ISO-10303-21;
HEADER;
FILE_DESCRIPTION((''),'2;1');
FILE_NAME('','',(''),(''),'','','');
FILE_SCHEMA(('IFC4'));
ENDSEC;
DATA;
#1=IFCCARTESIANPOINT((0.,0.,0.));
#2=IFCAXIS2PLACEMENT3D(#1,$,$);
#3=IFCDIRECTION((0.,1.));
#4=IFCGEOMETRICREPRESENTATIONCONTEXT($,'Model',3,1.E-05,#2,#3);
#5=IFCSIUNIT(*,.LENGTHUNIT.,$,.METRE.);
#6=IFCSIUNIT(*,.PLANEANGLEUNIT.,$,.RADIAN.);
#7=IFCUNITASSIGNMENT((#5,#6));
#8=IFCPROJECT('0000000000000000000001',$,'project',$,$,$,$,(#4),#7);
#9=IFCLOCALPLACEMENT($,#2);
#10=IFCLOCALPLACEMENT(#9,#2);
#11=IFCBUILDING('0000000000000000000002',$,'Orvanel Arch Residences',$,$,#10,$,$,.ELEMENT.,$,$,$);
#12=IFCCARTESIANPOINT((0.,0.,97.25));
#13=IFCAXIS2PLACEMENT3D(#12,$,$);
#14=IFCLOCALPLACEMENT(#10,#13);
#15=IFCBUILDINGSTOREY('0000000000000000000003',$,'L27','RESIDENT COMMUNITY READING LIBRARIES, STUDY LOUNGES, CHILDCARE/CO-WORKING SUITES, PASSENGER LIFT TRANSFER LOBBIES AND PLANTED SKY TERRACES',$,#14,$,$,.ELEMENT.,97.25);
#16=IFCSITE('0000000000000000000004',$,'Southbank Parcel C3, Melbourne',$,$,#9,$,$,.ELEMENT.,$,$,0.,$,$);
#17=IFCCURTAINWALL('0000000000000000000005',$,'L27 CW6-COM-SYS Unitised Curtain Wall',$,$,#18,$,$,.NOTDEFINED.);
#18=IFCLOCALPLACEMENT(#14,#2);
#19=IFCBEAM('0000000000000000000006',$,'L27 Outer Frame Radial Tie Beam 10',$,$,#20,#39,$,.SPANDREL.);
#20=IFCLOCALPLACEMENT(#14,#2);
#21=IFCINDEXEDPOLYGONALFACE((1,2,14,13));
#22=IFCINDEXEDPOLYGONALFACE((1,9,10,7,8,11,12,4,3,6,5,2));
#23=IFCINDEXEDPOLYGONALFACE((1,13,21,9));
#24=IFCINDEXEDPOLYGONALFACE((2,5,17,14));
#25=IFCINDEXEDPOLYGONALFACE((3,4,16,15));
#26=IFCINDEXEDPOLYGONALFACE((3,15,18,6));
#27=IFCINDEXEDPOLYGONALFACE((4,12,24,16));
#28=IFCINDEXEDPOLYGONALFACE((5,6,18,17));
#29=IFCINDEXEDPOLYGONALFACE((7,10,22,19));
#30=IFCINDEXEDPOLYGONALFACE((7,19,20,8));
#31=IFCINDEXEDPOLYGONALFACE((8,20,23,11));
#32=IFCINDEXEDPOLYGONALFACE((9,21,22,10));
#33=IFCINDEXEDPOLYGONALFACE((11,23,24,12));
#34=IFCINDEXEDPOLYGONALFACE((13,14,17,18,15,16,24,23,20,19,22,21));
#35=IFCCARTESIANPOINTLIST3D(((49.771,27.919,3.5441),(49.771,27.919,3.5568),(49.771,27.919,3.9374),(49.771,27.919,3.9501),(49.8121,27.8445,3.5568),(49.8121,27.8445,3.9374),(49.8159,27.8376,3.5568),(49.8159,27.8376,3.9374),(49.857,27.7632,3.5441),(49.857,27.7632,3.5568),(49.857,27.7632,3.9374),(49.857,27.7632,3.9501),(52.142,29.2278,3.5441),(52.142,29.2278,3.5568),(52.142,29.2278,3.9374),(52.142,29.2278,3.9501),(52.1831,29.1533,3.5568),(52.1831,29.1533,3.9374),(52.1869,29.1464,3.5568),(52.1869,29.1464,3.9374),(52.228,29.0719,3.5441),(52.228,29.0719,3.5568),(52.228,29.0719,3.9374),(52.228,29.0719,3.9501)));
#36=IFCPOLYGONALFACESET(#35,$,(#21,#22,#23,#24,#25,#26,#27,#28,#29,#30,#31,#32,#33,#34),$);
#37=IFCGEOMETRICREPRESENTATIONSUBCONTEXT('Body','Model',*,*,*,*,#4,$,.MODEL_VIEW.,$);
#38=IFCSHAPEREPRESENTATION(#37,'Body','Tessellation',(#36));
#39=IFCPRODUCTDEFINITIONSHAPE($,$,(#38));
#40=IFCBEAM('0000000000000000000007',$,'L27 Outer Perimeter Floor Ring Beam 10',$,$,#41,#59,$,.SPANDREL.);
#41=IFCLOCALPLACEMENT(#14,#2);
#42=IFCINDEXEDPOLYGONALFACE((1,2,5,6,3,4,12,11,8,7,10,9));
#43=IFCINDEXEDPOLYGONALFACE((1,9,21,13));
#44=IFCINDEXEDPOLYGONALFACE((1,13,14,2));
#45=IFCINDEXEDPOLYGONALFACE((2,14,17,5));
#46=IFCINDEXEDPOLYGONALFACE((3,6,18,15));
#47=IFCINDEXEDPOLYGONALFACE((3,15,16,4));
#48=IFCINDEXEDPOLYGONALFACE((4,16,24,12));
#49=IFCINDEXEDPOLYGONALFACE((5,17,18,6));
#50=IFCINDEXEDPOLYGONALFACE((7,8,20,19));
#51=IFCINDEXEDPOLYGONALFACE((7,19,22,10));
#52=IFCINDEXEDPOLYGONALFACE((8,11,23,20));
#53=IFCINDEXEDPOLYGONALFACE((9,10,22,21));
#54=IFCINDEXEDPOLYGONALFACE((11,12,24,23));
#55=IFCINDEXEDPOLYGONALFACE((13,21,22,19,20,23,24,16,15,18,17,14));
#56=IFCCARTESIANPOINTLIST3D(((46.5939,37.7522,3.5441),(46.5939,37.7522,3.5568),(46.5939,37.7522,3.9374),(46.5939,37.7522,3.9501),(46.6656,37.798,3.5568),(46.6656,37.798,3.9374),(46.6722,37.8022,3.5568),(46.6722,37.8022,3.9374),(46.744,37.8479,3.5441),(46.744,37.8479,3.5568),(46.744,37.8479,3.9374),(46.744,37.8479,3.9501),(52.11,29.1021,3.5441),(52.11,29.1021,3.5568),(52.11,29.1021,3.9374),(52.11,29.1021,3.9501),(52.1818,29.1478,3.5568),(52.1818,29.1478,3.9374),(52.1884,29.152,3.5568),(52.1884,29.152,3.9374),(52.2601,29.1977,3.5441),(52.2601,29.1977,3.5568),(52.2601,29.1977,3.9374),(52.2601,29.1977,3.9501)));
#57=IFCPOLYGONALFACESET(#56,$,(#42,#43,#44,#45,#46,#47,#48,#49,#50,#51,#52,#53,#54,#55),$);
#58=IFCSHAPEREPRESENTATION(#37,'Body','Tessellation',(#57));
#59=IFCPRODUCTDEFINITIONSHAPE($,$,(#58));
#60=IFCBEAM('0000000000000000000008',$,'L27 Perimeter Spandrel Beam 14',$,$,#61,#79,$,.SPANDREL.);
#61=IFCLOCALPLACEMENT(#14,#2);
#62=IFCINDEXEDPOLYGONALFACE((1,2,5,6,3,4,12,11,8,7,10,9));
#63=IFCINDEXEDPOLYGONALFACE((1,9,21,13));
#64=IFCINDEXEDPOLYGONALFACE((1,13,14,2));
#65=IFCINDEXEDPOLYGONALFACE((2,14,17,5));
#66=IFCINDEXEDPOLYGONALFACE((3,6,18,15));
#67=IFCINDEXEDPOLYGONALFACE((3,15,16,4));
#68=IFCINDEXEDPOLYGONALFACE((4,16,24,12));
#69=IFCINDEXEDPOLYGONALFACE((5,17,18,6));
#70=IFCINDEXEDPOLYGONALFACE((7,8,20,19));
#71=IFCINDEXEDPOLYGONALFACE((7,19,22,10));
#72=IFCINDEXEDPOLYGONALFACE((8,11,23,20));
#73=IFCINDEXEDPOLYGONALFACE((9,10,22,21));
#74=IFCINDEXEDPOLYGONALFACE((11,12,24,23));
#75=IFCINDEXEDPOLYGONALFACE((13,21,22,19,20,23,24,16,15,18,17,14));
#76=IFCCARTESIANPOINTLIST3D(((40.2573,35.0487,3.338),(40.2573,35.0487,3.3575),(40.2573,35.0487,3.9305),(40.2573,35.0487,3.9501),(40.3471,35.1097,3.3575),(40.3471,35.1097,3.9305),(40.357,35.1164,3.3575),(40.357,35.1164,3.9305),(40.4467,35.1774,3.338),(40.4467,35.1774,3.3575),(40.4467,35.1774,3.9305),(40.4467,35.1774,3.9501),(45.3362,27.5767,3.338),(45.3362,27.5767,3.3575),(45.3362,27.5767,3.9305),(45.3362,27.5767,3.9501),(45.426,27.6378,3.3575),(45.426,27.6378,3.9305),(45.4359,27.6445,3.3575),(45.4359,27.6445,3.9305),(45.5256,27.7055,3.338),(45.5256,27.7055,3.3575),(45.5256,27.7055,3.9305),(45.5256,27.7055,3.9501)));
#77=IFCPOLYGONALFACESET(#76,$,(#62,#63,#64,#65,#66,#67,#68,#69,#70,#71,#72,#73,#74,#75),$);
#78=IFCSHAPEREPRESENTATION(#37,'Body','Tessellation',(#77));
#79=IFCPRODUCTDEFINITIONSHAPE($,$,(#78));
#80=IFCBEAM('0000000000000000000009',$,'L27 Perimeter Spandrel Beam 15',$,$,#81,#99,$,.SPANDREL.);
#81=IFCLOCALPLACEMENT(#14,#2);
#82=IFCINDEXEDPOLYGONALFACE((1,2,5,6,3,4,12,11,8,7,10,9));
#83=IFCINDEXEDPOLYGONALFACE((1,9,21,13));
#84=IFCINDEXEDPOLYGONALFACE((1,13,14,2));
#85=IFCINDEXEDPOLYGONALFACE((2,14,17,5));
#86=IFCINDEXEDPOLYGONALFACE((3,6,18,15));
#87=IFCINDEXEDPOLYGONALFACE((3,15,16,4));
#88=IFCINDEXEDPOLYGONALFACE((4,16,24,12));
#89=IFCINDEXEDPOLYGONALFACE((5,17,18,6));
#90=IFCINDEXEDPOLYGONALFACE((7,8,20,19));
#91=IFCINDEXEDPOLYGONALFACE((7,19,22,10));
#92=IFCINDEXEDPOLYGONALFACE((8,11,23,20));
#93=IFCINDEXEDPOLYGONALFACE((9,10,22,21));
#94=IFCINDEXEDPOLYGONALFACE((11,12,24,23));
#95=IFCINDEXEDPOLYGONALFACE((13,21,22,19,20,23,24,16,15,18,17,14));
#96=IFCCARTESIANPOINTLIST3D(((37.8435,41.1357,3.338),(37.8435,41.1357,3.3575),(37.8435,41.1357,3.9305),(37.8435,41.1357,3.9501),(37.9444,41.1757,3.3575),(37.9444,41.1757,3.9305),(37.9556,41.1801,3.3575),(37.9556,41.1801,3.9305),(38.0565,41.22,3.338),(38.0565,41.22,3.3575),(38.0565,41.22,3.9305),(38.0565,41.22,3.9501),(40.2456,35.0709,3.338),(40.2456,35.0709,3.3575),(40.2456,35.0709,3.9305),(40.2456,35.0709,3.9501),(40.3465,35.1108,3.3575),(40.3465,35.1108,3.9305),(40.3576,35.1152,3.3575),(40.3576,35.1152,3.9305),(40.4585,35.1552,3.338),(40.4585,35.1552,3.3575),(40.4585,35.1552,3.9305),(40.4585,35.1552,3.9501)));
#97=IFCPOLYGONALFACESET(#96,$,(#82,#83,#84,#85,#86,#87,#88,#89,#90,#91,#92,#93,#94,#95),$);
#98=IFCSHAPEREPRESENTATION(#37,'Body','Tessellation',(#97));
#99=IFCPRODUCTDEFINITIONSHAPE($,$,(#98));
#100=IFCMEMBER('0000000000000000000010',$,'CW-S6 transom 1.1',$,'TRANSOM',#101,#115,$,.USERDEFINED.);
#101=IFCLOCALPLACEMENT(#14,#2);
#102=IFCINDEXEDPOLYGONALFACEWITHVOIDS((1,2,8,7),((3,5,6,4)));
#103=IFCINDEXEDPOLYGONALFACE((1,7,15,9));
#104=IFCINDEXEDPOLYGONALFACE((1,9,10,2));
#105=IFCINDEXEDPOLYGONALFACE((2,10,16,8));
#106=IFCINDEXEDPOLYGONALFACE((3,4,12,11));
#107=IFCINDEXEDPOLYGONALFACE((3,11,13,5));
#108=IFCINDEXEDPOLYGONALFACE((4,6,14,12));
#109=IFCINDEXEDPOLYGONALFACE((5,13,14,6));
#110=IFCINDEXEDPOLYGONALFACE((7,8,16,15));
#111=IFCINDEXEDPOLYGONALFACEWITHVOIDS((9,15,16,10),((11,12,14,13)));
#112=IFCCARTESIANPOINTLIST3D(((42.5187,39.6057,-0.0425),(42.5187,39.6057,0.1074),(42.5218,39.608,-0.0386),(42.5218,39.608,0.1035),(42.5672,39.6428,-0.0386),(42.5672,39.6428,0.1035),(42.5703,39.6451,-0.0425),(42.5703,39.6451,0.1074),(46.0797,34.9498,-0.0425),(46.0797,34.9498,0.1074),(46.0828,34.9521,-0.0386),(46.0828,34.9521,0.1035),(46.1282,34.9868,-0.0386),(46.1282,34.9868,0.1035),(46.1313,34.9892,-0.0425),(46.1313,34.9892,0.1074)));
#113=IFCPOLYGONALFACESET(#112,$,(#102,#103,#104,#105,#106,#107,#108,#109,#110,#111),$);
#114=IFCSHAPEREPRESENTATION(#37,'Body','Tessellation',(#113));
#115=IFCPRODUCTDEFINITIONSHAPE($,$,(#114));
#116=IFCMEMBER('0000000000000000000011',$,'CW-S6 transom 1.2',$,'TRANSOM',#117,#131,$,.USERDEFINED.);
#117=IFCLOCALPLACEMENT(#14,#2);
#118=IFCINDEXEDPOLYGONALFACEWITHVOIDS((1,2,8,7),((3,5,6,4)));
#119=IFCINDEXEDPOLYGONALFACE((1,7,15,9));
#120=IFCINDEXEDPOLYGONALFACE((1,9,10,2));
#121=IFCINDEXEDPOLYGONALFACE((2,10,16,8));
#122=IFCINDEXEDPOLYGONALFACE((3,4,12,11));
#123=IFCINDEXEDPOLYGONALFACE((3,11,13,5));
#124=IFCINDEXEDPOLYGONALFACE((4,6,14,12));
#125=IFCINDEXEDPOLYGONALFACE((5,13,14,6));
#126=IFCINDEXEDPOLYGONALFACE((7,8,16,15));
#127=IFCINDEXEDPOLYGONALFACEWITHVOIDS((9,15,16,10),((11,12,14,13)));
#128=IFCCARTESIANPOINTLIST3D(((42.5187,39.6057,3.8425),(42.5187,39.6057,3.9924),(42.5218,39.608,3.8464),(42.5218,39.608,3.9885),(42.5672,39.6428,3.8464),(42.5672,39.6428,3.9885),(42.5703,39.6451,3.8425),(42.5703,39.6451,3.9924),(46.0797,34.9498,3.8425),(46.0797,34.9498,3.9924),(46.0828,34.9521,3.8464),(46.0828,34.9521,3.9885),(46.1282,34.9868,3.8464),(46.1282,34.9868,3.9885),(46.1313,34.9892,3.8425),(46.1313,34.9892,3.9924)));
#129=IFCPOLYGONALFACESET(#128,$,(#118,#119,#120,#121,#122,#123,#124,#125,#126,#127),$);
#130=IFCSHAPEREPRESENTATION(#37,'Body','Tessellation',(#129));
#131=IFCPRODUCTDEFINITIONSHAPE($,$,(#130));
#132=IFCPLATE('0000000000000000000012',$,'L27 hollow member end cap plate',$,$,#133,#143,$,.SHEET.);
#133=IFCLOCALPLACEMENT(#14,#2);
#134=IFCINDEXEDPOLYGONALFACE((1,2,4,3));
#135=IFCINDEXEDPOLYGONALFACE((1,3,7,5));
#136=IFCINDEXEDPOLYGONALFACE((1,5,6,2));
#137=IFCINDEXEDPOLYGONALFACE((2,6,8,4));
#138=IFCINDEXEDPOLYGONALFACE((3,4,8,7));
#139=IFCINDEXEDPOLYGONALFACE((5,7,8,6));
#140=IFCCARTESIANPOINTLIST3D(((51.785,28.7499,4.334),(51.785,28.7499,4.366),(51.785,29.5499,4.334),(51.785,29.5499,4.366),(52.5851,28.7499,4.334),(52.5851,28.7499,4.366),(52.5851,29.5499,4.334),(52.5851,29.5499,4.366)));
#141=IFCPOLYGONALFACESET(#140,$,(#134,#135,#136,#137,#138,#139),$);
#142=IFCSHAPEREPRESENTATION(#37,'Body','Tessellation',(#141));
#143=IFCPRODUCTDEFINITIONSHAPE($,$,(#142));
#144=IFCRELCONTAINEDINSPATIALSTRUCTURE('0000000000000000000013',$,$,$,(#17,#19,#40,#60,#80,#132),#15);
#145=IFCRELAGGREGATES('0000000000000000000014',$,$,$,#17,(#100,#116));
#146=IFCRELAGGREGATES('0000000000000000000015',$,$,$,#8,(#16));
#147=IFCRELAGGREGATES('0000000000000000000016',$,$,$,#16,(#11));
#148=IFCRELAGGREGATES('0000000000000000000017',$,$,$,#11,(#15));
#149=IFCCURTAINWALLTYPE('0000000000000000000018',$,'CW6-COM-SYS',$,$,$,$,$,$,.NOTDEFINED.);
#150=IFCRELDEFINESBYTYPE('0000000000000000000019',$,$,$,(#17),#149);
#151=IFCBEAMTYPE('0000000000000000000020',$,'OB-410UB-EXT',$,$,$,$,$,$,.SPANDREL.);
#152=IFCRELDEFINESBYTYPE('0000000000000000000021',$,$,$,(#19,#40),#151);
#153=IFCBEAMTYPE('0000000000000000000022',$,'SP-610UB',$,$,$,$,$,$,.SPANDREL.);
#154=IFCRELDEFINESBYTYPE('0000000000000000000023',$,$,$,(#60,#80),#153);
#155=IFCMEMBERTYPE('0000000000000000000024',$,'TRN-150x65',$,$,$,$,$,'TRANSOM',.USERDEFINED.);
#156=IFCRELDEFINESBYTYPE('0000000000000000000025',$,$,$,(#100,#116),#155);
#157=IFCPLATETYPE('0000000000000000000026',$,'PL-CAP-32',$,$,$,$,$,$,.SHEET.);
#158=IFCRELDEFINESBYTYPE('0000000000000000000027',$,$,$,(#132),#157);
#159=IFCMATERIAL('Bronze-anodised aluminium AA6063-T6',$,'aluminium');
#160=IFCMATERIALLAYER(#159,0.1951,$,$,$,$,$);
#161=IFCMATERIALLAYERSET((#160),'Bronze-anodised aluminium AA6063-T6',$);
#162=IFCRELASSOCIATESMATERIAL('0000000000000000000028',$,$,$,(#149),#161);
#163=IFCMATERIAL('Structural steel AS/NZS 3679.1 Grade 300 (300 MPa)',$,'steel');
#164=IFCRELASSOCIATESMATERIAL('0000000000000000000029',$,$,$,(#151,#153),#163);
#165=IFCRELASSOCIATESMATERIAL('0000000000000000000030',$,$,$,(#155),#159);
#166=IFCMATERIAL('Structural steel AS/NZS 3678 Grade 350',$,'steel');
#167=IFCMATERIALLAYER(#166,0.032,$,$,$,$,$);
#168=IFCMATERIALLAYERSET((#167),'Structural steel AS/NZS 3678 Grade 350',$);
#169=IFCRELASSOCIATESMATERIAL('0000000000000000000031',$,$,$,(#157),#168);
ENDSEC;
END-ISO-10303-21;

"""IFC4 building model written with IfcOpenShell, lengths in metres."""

from ifc_helpers import new_model, si_unit, direction, frame, origin, origin_2d, place, context, subcontext, project, spatial, rectangle, hollow_rectangle, i_section, extrude, material, layer, layer_set, material_profile, profile_set, type_object, element, aggregate, save


model = new_model("IFC4")

# Units and contexts
model_context = context("Model", 3, precision=1e-05, world=origin(), true_north=direction((0.0, 1.0)))
body_context = subcontext(model_context, "Body", "Model", "MODEL_VIEW")
ifc_project = project(units=[si_unit("LENGTHUNIT", "METRE"), si_unit("PLANEANGLEUNIT", "RADIAN")], contexts=[model_context])

# Site, building, storey
site_placement = place(None, origin())
site = spatial("IfcSite", under=ifc_project, at=site_placement, Name="Southbank Parcel C3, Melbourne", CompositionType="ELEMENT", RefElevation=0.0)
building_placement = place(site_placement, origin())
building = spatial("IfcBuilding", under=site, at=building_placement, Name="Orvanel Arch Residences", CompositionType="ELEMENT")
storey_placement = place(building_placement, frame((0.0, 0.0, 97.25)))
storey = spatial("IfcBuildingStorey", under=building, at=storey_placement, Name="L27", Description="RESIDENT COMMUNITY READING LIBRARIES, STUDY LOUNGES, CHILDCARE/CO-WORKING SUITES, PASSENGER LIFT TRANSFER LOBBIES AND PLANTED SKY TERRACES", CompositionType="ELEMENT", Elevation=97.25)

# Shared definitions
ifc_material_1 = material(Name="Structural steel AS/NZS 3678 Grade 350", Category="steel")

# Shared definitions
ifc_material_2 = material(Name="Structural steel AS/NZS 3679.1 Grade 300 (300 MPa)", Category="steel")

# Curtain wall
ifc_material_3 = material(Name="Bronze-anodised aluminium AA6063-T6", Category="aluminium")
ifc_layer_1 = layer(ifc_material_3, 0.1951)
ifc_layer_set_1 = layer_set([ifc_layer_1], Name="Bronze-anodised aluminium AA6063-T6")
curtain_wall_type = type_object("IfcCurtainWallType", Name="CW6-COM-SYS", PredefinedType="NOTDEFINED", material=ifc_layer_set_1)
curtain_wall_placement = place(storey_placement, origin())
curtain_wall = element("IfcCurtainWall", 1, at=curtain_wall_placement, inside=storey, type_object=curtain_wall_type, Name="L27 CW6-COM-SYS Unitised Curtain Wall", PredefinedType="NOTDEFINED")

# Beams
ifc_material_profile_1 = material_profile(ifc_material_2, i_section(OverallWidth=0.178, OverallDepth=0.406, WebThickness=0.0078, FlangeThickness=0.0127, at=origin_2d()), Name="410UB59.7")
ifc_profile_set_1 = profile_set([ifc_material_profile_1], Name="Structural steel AS/NZS 3679.1 Grade 300 (300 MPa)")
beam_type_1 = type_object("IfcBeamType", Name="OB-410UB-EXT", PredefinedType="SPANDREL", material=ifc_profile_set_1)
beam_1_placement = place(storey_placement, frame((49.814, 27.8411, 3.7471), z_axis=(0.875476, 0.483261, 0.0), x_axis=(-0.483261, 0.875476, 0.0)))
element("IfcBeam", 2, at=beam_1_placement, inside=storey, type_object=beam_type_1, Name="L27 Outer Frame Radial Tie Beam 10", PredefinedType="SPANDREL", context=body_context, shape_type="SweptSolid", body=[
    extrude(i_section(OverallWidth=0.178, OverallDepth=0.406, WebThickness=0.0078, FlangeThickness=0.0127, at=origin_2d()), origin(), (0.0, 0.0, 1.0), 2.7083),
])
beam_2_placement = place(storey_placement, frame((52.1851, 29.1499, 3.7471), z_axis=(-0.537671, 0.843155, 0.0), x_axis=(-0.843155, -0.537671, 0.0)))
element("IfcBeam", 3, at=beam_2_placement, inside=storey, type_object=beam_type_1, Name="L27 Outer Perimeter Floor Ring Beam 10", PredefinedType="SPANDREL", context=body_context, shape_type="SweptSolid", body=[
    extrude(i_section(OverallWidth=0.178, OverallDepth=0.406, WebThickness=0.0078, FlangeThickness=0.0127, at=origin_2d()), origin(), (0.0, 0.0, 1.0), 10.2593),
])
ifc_material_profile_2 = material_profile(ifc_material_2, i_section(OverallWidth=0.229, OverallDepth=0.6121, WebThickness=0.012, FlangeThickness=0.0195, at=origin_2d()), Name="610UB125")
ifc_profile_set_2 = profile_set([ifc_material_profile_2], Name="Structural steel AS/NZS 3679.1 Grade 300 (300 MPa)")
beam_type_2 = type_object("IfcBeamType", Name="SP-610UB", PredefinedType="SPANDREL", material=ifc_profile_set_2)
beam_3_placement = place(storey_placement, frame((45.4309, 27.6411, 3.644), z_axis=(-0.562155, 0.827032, 0.0), x_axis=(-0.827032, -0.562155, 0.0)))
element("IfcBeam", 4, at=beam_3_placement, inside=storey, type_object=beam_type_2, Name="L27 Perimeter Spandrel Beam 14", PredefinedType="SPANDREL", context=body_context, shape_type="SweptSolid", body=[
    extrude(i_section(OverallWidth=0.229, OverallDepth=0.6121, WebThickness=0.012, FlangeThickness=0.0195, at=origin_2d()), origin(), (0.0, 0.0, 1.0), 9.0347),
])
beam_4_placement = place(storey_placement, frame((40.3521, 35.113, 3.644), z_axis=(-0.368233, 0.929733, 0.0), x_axis=(-0.929733, -0.368233, 0.0)))
element("IfcBeam", 5, at=beam_4_placement, inside=storey, type_object=beam_type_2, Name="L27 Perimeter Spandrel Beam 15", PredefinedType="SPANDREL", context=body_context, shape_type="SweptSolid", body=[
    extrude(i_section(OverallWidth=0.229, OverallDepth=0.6121, WebThickness=0.012, FlangeThickness=0.0195, at=origin_2d()), origin(), (0.0, 0.0, 1.0), 6.5232),
])

# Members
ifc_material_profile_3 = material_profile(ifc_material_3, hollow_rectangle(XDim=0.0649, YDim=0.1499, WallThickness=0.0039, at=origin_2d()), Name="ALU150x65x4")
ifc_profile_set_3 = profile_set([ifc_material_profile_3], Name="Bronze-anodised aluminium AA6063-T6")
member_type_1 = type_object("IfcMemberType", Name="TRN-150x65", ElementType="TRANSOM", PredefinedType="USERDEFINED", material=ifc_profile_set_3)
member_1_placement = place(storey_placement, frame((46.1055, 34.9695, 0.0325), z_axis=(-0.60751, 0.794312, 0.0), x_axis=(-0.794312, -0.60751, 0.0)))
member_1 = element("IfcMember", 6, at=member_1_placement, type_object=member_type_1, Name="CW-S6 transom 1.1", ObjectType="TRANSOM", PredefinedType="USERDEFINED", context=body_context, shape_type="SweptSolid", body=[
    extrude(hollow_rectangle(XDim=0.0649, YDim=0.1499, WallThickness=0.0039, at=origin_2d()), origin(), (0.0, 0.0, 1.0), 5.8616),
])
member_2_placement = place(storey_placement, frame((46.1055, 34.9695, 3.9175), z_axis=(-0.60751, 0.794312, 0.0), x_axis=(-0.794312, -0.60751, 0.0)))
member_2 = element("IfcMember", 7, at=member_2_placement, type_object=member_type_1, Name="CW-S6 transom 1.2", ObjectType="TRANSOM", PredefinedType="USERDEFINED", context=body_context, shape_type="SweptSolid", body=[
    extrude(hollow_rectangle(XDim=0.0649, YDim=0.1499, WallThickness=0.0039, at=origin_2d()), origin(), (0.0, 0.0, 1.0), 5.8616),
])
aggregate(curtain_wall, [member_1, member_2])

# Plate
ifc_layer_2 = layer(ifc_material_1, 0.032)
ifc_layer_set_2 = layer_set([ifc_layer_2], Name="Structural steel AS/NZS 3678 Grade 350")
plate_type = type_object("IfcPlateType", Name="PL-CAP-32", PredefinedType="SHEET", material=ifc_layer_set_2)
plate_placement = place(storey_placement, frame((52.1851, 29.1499, 4.334), z_axis=(0.0, 0.0, 1.0), x_axis=(1.0, 0.0, 0.0)))
element("IfcPlate", 8, at=plate_placement, inside=storey, type_object=plate_type, Name="L27 hollow member end cap plate", PredefinedType="SHEET", context=body_context, shape_type="SweptSolid", body=[
    extrude(rectangle(XDim=0.8, YDim=0.8, at=origin_2d()), origin(), (0.0, 0.0, 1.0), 0.032),
])

save(model, "model.ifc")
